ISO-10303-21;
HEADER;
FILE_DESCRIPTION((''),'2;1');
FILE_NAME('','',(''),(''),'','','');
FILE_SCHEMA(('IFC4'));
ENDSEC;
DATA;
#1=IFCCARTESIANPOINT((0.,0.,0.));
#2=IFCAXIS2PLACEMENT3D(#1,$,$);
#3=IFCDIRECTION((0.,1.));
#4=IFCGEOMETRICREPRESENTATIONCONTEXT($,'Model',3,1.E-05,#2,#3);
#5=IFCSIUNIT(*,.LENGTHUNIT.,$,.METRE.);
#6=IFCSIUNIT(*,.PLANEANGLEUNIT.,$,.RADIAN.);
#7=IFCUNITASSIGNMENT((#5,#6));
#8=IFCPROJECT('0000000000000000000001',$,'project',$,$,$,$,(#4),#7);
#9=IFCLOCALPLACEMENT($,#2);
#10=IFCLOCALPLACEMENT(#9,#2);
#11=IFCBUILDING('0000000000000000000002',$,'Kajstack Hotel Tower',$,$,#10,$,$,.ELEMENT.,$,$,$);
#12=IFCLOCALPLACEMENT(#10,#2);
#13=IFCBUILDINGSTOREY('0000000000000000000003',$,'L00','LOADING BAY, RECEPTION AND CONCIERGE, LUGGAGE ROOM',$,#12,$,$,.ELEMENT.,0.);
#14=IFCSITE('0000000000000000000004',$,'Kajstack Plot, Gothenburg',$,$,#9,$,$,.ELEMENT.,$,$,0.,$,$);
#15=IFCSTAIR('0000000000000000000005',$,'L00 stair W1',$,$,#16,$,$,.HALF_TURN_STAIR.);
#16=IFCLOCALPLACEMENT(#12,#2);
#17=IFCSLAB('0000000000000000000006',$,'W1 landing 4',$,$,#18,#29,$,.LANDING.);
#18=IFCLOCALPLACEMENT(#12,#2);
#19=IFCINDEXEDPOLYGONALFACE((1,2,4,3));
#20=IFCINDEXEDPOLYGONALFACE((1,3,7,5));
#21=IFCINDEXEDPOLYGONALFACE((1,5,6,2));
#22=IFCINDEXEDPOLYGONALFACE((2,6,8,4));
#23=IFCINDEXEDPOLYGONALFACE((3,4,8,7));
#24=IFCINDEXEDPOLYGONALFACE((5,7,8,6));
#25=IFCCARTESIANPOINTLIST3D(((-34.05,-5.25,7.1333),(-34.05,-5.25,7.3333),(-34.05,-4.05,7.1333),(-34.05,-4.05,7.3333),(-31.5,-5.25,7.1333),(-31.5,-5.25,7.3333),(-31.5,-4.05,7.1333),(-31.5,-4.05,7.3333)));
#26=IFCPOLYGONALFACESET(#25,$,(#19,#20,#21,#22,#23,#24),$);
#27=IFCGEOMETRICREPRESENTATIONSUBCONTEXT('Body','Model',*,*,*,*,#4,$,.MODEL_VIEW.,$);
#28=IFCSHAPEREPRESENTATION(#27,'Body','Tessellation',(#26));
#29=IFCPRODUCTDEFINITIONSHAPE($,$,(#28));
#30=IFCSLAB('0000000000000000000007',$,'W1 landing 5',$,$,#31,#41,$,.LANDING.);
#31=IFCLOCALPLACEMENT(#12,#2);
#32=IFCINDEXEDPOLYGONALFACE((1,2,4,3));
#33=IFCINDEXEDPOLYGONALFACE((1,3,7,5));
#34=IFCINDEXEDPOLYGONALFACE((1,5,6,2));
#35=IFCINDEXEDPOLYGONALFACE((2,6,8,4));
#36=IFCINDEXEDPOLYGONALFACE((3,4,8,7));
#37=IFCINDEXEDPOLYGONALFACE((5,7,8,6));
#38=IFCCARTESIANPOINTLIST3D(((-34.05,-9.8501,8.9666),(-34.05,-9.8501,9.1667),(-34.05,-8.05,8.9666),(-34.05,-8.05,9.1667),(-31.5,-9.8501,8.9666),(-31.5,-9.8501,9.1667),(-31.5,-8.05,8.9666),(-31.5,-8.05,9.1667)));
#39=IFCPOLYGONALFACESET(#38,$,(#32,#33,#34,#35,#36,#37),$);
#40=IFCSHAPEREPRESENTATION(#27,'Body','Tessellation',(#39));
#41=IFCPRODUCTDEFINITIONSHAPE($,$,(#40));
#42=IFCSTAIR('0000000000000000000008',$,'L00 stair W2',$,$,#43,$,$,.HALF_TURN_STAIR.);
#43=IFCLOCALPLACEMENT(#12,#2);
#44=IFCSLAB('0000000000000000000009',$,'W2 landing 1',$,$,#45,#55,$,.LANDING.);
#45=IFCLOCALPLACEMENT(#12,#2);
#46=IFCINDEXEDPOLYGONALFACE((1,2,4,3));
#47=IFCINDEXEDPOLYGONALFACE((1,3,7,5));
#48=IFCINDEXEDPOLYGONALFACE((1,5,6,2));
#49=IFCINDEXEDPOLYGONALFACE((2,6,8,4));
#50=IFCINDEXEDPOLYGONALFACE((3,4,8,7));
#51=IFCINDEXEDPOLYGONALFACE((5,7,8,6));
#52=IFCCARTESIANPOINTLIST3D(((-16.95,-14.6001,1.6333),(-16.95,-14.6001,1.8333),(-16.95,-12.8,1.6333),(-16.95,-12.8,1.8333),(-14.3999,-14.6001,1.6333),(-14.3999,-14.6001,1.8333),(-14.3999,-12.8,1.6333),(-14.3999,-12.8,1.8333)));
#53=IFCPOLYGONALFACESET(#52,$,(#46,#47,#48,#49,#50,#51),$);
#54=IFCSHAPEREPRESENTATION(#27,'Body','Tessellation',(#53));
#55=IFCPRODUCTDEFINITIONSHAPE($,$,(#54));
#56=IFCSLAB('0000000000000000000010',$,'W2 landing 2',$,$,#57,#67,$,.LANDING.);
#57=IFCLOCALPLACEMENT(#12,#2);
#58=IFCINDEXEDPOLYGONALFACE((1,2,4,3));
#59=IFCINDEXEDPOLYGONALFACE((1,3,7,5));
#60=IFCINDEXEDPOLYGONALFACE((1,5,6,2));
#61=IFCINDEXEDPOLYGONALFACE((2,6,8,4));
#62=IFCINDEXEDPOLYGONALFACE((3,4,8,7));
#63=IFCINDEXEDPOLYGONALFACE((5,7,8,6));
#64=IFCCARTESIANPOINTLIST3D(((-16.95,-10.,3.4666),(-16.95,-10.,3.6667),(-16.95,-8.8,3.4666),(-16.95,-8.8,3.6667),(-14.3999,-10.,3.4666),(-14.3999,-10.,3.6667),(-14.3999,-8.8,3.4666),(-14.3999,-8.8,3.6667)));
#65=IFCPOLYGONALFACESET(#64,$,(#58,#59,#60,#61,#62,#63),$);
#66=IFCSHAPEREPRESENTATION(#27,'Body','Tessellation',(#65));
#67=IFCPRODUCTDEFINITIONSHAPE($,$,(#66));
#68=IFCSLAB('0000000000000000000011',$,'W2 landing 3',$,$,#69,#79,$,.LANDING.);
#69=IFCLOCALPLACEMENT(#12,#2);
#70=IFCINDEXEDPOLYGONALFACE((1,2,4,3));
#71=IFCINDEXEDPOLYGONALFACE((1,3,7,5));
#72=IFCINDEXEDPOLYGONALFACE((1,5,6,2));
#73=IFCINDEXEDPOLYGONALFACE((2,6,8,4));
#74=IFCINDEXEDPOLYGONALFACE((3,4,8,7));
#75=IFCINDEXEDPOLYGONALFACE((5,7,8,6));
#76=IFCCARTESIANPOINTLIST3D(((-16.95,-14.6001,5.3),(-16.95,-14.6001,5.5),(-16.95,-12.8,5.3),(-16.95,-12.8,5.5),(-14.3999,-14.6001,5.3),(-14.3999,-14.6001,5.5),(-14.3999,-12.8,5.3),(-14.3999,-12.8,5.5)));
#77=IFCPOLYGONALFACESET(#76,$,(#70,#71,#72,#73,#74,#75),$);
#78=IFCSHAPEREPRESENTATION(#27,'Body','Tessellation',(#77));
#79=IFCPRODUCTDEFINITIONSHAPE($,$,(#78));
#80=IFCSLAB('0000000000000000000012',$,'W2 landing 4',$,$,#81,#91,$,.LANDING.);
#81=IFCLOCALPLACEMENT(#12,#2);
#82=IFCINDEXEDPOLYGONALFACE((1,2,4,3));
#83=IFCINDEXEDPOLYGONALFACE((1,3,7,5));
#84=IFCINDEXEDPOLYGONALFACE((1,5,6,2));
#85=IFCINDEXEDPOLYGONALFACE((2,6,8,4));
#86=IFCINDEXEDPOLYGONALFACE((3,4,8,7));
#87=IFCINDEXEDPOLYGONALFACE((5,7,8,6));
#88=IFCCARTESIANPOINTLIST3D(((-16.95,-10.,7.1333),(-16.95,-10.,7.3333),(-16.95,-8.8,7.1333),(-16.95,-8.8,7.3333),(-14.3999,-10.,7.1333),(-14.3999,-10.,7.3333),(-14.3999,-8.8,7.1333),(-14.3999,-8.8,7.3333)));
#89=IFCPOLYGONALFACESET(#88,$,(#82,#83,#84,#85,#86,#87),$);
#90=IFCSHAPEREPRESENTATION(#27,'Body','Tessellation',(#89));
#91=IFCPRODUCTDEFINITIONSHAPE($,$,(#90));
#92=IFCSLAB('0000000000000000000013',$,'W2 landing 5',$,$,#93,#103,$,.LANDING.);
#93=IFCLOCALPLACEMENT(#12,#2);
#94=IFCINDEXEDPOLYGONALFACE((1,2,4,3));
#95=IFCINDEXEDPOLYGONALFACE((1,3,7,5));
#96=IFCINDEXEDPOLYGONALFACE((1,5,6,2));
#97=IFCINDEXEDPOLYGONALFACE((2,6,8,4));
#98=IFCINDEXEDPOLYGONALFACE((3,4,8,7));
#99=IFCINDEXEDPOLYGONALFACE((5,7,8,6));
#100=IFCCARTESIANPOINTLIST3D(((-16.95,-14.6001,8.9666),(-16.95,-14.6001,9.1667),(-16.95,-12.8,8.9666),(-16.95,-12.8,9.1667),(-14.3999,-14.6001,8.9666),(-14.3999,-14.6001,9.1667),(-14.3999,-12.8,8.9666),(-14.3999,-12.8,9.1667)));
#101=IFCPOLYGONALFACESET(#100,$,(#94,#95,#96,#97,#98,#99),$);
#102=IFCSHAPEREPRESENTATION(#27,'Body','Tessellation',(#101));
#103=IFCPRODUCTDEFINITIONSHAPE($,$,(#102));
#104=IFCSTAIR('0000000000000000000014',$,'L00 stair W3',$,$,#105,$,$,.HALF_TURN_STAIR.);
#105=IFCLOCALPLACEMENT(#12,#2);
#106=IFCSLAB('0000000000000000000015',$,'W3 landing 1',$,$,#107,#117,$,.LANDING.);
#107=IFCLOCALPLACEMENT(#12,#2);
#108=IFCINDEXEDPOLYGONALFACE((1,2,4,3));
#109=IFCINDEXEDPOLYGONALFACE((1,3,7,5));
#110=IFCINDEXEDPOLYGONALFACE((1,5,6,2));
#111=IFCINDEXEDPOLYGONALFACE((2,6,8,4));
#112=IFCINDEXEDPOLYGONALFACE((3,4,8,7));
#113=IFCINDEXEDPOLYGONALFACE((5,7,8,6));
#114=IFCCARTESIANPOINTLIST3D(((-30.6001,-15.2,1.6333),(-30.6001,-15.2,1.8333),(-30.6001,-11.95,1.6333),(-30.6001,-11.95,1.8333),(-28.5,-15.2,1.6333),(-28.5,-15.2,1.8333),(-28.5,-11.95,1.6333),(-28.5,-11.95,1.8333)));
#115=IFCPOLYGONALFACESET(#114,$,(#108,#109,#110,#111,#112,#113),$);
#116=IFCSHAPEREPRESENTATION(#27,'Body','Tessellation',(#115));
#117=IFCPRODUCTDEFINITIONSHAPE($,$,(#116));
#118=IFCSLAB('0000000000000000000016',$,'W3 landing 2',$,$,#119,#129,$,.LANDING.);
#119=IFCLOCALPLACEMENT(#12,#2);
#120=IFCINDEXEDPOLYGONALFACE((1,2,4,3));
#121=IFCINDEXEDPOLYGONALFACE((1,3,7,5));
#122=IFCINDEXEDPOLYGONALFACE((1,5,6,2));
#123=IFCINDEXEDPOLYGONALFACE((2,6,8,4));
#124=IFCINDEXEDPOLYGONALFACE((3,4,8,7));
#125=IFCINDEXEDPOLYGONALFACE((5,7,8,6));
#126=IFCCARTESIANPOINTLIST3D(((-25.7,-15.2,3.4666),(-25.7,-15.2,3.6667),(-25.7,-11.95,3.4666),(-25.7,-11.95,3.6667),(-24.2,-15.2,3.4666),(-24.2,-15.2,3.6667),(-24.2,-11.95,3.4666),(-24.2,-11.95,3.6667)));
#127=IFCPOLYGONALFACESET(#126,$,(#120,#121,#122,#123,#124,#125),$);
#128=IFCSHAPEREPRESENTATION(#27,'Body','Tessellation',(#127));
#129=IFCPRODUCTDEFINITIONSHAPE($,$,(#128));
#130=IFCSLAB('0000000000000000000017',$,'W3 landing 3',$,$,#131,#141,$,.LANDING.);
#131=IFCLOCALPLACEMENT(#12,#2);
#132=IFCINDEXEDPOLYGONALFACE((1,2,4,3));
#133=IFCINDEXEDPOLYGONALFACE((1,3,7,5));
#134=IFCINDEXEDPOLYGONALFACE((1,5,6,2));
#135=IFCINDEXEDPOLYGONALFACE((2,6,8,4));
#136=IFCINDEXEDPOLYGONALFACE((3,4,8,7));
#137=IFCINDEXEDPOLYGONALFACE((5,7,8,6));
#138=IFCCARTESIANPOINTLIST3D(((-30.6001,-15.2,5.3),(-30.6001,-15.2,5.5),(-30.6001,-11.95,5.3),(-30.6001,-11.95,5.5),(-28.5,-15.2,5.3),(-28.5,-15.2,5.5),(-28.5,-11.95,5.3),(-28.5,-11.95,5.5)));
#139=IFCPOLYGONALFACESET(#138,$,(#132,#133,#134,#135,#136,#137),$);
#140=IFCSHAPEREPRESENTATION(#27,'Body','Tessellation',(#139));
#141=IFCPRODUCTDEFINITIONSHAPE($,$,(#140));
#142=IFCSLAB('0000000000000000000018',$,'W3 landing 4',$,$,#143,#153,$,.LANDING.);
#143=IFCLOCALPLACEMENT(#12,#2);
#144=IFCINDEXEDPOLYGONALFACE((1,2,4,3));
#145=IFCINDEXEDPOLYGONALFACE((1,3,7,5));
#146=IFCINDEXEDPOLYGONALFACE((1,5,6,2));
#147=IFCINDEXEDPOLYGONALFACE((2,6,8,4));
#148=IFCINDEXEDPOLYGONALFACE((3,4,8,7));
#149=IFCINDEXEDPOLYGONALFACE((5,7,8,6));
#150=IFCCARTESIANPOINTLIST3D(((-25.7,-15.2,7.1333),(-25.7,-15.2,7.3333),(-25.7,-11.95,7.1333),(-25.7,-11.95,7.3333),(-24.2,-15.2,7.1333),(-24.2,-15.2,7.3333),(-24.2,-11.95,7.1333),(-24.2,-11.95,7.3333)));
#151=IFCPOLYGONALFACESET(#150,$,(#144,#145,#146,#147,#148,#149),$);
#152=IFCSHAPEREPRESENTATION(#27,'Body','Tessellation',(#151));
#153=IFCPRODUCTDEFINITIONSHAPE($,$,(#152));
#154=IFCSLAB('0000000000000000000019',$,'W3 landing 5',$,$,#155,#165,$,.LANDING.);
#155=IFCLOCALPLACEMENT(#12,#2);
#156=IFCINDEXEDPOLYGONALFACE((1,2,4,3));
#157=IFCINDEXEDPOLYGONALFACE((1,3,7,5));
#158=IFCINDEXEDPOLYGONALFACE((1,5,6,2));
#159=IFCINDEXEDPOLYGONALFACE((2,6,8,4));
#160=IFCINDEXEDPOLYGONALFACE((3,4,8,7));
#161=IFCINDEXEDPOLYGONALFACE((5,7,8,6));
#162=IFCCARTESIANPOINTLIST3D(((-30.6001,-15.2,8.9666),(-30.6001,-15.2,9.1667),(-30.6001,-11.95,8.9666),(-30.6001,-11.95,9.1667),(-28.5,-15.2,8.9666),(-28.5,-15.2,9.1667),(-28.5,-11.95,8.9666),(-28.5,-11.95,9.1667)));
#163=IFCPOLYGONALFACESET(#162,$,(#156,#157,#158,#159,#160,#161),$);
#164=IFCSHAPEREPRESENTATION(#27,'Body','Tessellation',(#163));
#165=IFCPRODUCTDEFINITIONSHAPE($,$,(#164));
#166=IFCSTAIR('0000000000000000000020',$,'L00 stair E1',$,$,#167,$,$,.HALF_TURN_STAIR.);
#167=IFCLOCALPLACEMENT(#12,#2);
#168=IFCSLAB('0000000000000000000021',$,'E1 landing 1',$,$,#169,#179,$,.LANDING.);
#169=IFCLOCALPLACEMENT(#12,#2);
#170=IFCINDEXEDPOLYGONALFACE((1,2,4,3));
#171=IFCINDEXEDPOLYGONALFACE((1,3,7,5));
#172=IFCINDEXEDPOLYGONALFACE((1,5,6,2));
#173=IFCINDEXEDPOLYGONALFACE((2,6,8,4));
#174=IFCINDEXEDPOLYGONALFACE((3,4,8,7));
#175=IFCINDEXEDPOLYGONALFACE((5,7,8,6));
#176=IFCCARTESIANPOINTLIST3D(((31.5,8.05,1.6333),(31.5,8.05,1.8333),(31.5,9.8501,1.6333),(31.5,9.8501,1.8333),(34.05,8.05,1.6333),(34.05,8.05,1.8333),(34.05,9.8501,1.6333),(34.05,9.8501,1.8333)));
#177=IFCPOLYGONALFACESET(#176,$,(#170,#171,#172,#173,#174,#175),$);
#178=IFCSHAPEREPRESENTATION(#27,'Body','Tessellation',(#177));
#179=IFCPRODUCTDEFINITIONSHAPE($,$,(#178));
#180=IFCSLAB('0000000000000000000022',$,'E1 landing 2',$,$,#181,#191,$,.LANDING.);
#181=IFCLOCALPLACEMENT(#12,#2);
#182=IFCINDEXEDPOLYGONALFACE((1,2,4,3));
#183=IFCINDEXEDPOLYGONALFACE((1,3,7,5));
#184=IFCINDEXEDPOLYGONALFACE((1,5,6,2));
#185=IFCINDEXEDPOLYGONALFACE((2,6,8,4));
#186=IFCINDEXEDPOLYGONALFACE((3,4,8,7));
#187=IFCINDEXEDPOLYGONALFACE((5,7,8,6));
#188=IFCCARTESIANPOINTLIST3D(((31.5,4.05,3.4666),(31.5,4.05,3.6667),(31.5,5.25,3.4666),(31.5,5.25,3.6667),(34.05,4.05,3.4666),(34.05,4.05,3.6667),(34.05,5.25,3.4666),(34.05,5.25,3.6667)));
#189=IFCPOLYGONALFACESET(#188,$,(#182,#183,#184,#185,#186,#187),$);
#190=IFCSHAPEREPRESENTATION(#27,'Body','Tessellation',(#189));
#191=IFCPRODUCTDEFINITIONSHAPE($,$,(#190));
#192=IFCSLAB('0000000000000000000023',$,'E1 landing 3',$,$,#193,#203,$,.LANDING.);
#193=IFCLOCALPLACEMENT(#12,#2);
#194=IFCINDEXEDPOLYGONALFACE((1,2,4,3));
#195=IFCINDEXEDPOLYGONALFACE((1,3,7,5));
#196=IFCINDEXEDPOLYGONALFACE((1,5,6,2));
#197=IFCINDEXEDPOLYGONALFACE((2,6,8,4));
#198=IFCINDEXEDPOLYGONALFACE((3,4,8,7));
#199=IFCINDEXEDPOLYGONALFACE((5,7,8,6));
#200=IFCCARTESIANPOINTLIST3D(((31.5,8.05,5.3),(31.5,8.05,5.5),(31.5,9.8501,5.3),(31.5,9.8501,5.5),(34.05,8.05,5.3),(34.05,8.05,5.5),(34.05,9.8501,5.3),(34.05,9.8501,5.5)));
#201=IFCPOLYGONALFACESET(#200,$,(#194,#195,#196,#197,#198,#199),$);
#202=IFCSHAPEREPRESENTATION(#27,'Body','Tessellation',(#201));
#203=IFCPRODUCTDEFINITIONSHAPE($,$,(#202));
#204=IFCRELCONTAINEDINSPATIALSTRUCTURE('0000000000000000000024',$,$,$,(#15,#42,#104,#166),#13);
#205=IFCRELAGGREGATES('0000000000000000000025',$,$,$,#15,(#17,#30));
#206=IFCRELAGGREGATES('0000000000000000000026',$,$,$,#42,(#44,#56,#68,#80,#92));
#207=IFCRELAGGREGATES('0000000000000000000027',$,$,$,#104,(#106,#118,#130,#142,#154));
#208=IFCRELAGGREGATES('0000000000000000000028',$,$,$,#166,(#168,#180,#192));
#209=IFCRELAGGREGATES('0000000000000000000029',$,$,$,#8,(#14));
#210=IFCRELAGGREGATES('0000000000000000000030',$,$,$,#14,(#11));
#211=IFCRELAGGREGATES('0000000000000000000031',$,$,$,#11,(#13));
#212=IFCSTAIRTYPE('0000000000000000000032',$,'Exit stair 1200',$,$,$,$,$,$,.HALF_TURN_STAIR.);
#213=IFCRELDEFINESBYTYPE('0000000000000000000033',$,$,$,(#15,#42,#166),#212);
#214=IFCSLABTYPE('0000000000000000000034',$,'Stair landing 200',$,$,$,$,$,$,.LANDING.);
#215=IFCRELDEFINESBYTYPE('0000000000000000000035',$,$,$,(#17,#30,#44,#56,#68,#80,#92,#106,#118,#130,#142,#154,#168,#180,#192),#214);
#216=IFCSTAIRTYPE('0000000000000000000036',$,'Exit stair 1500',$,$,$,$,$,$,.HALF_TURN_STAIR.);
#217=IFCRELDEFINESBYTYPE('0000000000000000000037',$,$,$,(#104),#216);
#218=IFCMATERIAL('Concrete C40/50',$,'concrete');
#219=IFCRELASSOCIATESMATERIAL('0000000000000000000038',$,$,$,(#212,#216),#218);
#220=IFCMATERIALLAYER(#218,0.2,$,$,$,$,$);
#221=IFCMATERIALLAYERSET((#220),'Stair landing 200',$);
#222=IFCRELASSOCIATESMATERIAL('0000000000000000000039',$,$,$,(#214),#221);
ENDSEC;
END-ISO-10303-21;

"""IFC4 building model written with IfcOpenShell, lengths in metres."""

from ifc_helpers import new_model, si_unit, direction, frame, origin, place, context, subcontext, project, spatial, polyline, outline, extrude, material, layer, layer_set, type_object, element, aggregate, save


model = new_model("IFC4")

# Units and contexts
model_context = context("Model", 3, precision=1e-05, world=origin(), true_north=direction((0.0, 1.0)))
body_context = subcontext(model_context, "Body", "Model", "MODEL_VIEW")
ifc_project = project(units=[si_unit("LENGTHUNIT", "METRE"), si_unit("PLANEANGLEUNIT", "RADIAN")], contexts=[model_context])

# Site, building, storey
site_placement = place(None, origin())
site = spatial("IfcSite", under=ifc_project, at=site_placement, Name="Kajstack Plot, Gothenburg", CompositionType="ELEMENT", RefElevation=0.0)
building_placement = place(site_placement, origin())
building = spatial("IfcBuilding", under=site, at=building_placement, Name="Kajstack Hotel Tower", CompositionType="ELEMENT")
storey_placement = place(building_placement, origin())
storey = spatial("IfcBuildingStorey", under=building, at=storey_placement, Name="L00", Description="LOADING BAY, RECEPTION AND CONCIERGE, LUGGAGE ROOM", CompositionType="ELEMENT", Elevation=0.0)

# Stairs, slabs
ifc_material = material(Name="Concrete C40/50", Category="concrete")
stair_type_1 = type_object("IfcStairType", Name="Exit stair 1200", PredefinedType="HALF_TURN_STAIR", material=ifc_material)
stair_1_placement = place(storey_placement, origin())
stair_1 = element("IfcStair", 1, at=stair_1_placement, inside=storey, type_object=stair_type_1, Name="L00 stair W1", PredefinedType="HALF_TURN_STAIR")
ifc_layer = layer(ifc_material, 0.2)
ifc_layer_set = layer_set([ifc_layer], Name="Stair landing 200")
slab_type = type_object("IfcSlabType", Name="Stair landing 200", PredefinedType="LANDING", material=ifc_layer_set)
slab_1_placement = place(storey_placement, frame((0.0, 0.0, 7.1333)))
slab_1 = element("IfcSlab", 2, at=slab_1_placement, type_object=slab_type, Name="W1 landing 4", PredefinedType="LANDING", context=body_context, shape_type="SweptSolid", body=[
    extrude(outline(polyline([(-34.05, -4.05), (-34.05, -5.25), (-31.5, -5.25), (-31.5, -4.05), (-34.05, -4.05)])), origin(), (0.0, 0.0, 1.0), 0.2),
])
slab_2_placement = place(storey_placement, frame((0.0, 0.0, 8.9666)))
slab_2 = element("IfcSlab", 3, at=slab_2_placement, type_object=slab_type, Name="W1 landing 5", PredefinedType="LANDING", context=body_context, shape_type="SweptSolid", body=[
    extrude(outline(polyline([(-34.05, -8.05), (-34.05, -9.8501), (-31.5, -9.8501), (-31.5, -8.05), (-34.05, -8.05)])), origin(), (0.0, 0.0, 1.0), 0.2002),
])
aggregate(stair_1, [slab_1, slab_2])
stair_2_placement = place(storey_placement, origin())
stair_2 = element("IfcStair", 4, at=stair_2_placement, inside=storey, type_object=stair_type_1, Name="L00 stair W2", PredefinedType="HALF_TURN_STAIR")
slab_3_placement = place(storey_placement, frame((0.0, 0.0, 1.6333)))
slab_3 = element("IfcSlab", 5, at=slab_3_placement, type_object=slab_type, Name="W2 landing 1", PredefinedType="LANDING", context=body_context, shape_type="SweptSolid", body=[
    extrude(outline(polyline([(-16.95, -12.8), (-16.95, -14.6001), (-14.3999, -14.6001), (-14.3999, -12.8), (-16.95, -12.8)])), origin(), (0.0, 0.0, 1.0), 0.2),
])
slab_4_placement = place(storey_placement, frame((0.0, 0.0, 3.4666)))
slab_4 = element("IfcSlab", 6, at=slab_4_placement, type_object=slab_type, Name="W2 landing 2", PredefinedType="LANDING", context=body_context, shape_type="SweptSolid", body=[
    extrude(outline(polyline([(-16.95, -8.8), (-16.95, -10.0), (-14.3999, -10.0), (-14.3999, -8.8), (-16.95, -8.8)])), origin(), (0.0, 0.0, 1.0), 0.2002),
])
slab_5_placement = place(storey_placement, frame((0.0, 0.0, 5.3)))
slab_5 = element("IfcSlab", 7, at=slab_5_placement, type_object=slab_type, Name="W2 landing 3", PredefinedType="LANDING", context=body_context, shape_type="SweptSolid", body=[
    extrude(outline(polyline([(-16.95, -12.8), (-16.95, -14.6001), (-14.3999, -14.6001), (-14.3999, -12.8), (-16.95, -12.8)])), origin(), (0.0, 0.0, 1.0), 0.2),
])
slab_6_placement = place(storey_placement, frame((0.0, 0.0, 7.1333)))
slab_6 = element("IfcSlab", 8, at=slab_6_placement, type_object=slab_type, Name="W2 landing 4", PredefinedType="LANDING", context=body_context, shape_type="SweptSolid", body=[
    extrude(outline(polyline([(-16.95, -8.8), (-16.95, -10.0), (-14.3999, -10.0), (-14.3999, -8.8), (-16.95, -8.8)])), origin(), (0.0, 0.0, 1.0), 0.2),
])
slab_7_placement = place(storey_placement, frame((0.0, 0.0, 8.9666)))
slab_7 = element("IfcSlab", 9, at=slab_7_placement, type_object=slab_type, Name="W2 landing 5", PredefinedType="LANDING", context=body_context, shape_type="SweptSolid", body=[
    extrude(outline(polyline([(-16.95, -12.8), (-16.95, -14.6001), (-14.3999, -14.6001), (-14.3999, -12.8), (-16.95, -12.8)])), origin(), (0.0, 0.0, 1.0), 0.2002),
])
aggregate(stair_2, [slab_3, slab_4, slab_5, slab_6, slab_7])
stair_type_2 = type_object("IfcStairType", Name="Exit stair 1500", PredefinedType="HALF_TURN_STAIR", material=ifc_material)
stair_3_placement = place(storey_placement, origin())
stair_3 = element("IfcStair", 10, at=stair_3_placement, inside=storey, type_object=stair_type_2, Name="L00 stair W3", PredefinedType="HALF_TURN_STAIR")
slab_8_placement = place(storey_placement, frame((0.0, 0.0, 1.6333)))
slab_8 = element("IfcSlab", 11, at=slab_8_placement, type_object=slab_type, Name="W3 landing 1", PredefinedType="LANDING", context=body_context, shape_type="SweptSolid", body=[
    extrude(outline(polyline([(-28.5, -11.95), (-30.6001, -11.95), (-30.6001, -15.2), (-28.5, -15.2), (-28.5, -11.95)])), origin(), (0.0, 0.0, 1.0), 0.2),
])
slab_9_placement = place(storey_placement, frame((0.0, 0.0, 3.4666)))
slab_9 = element("IfcSlab", 12, at=slab_9_placement, type_object=slab_type, Name="W3 landing 2", PredefinedType="LANDING", context=body_context, shape_type="SweptSolid", body=[
    extrude(outline(polyline([(-24.2, -11.95), (-25.7, -11.95), (-25.7, -15.2), (-24.2, -15.2), (-24.2, -11.95)])), origin(), (0.0, 0.0, 1.0), 0.2002),
])
slab_10_placement = place(storey_placement, frame((0.0, 0.0, 5.3)))
slab_10 = element("IfcSlab", 13, at=slab_10_placement, type_object=slab_type, Name="W3 landing 3", PredefinedType="LANDING", context=body_context, shape_type="SweptSolid", body=[
    extrude(outline(polyline([(-28.5, -11.95), (-30.6001, -11.95), (-30.6001, -15.2), (-28.5, -15.2), (-28.5, -11.95)])), origin(), (0.0, 0.0, 1.0), 0.2),
])
slab_11_placement = place(storey_placement, frame((0.0, 0.0, 7.1333)))
slab_11 = element("IfcSlab", 14, at=slab_11_placement, type_object=slab_type, Name="W3 landing 4", PredefinedType="LANDING", context=body_context, shape_type="SweptSolid", body=[
    extrude(outline(polyline([(-24.2, -11.95), (-25.7, -11.95), (-25.7, -15.2), (-24.2, -15.2), (-24.2, -11.95)])), origin(), (0.0, 0.0, 1.0), 0.2),
])
slab_12_placement = place(storey_placement, frame((0.0, 0.0, 8.9666)))
slab_12 = element("IfcSlab", 15, at=slab_12_placement, type_object=slab_type, Name="W3 landing 5", PredefinedType="LANDING", context=body_context, shape_type="SweptSolid", body=[
    extrude(outline(polyline([(-28.5, -11.95), (-30.6001, -11.95), (-30.6001, -15.2), (-28.5, -15.2), (-28.5, -11.95)])), origin(), (0.0, 0.0, 1.0), 0.2002),
])
aggregate(stair_3, [slab_8, slab_9, slab_10, slab_11, slab_12])
stair_4_placement = place(storey_placement, origin())
stair_4 = element("IfcStair", 16, at=stair_4_placement, inside=storey, type_object=stair_type_1, Name="L00 stair E1", PredefinedType="HALF_TURN_STAIR")
slab_13_placement = place(storey_placement, frame((0.0, 0.0, 1.6333)))
slab_13 = element("IfcSlab", 17, at=slab_13_placement, type_object=slab_type, Name="E1 landing 1", PredefinedType="LANDING", context=body_context, shape_type="SweptSolid", body=[
    extrude(outline(polyline([(34.05, 8.05), (34.05, 9.8501), (31.5, 9.8501), (31.5, 8.05), (34.05, 8.05)])), origin(), (0.0, 0.0, 1.0), 0.2),
])
slab_14_placement = place(storey_placement, frame((0.0, 0.0, 3.4666)))
slab_14 = element("IfcSlab", 18, at=slab_14_placement, type_object=slab_type, Name="E1 landing 2", PredefinedType="LANDING", context=body_context, shape_type="SweptSolid", body=[
    extrude(outline(polyline([(34.05, 4.05), (34.05, 5.25), (31.5, 5.25), (31.5, 4.05), (34.05, 4.05)])), origin(), (0.0, 0.0, 1.0), 0.2002),
])
slab_15_placement = place(storey_placement, frame((0.0, 0.0, 5.3)))
slab_15 = element("IfcSlab", 19, at=slab_15_placement, type_object=slab_type, Name="E1 landing 3", PredefinedType="LANDING", context=body_context, shape_type="SweptSolid", body=[
    extrude(outline(polyline([(34.05, 8.05), (34.05, 9.8501), (31.5, 9.8501), (31.5, 8.05), (34.05, 8.05)])), origin(), (0.0, 0.0, 1.0), 0.2),
])
aggregate(stair_4, [slab_13, slab_14, slab_15])

save(model, "model.ifc")
